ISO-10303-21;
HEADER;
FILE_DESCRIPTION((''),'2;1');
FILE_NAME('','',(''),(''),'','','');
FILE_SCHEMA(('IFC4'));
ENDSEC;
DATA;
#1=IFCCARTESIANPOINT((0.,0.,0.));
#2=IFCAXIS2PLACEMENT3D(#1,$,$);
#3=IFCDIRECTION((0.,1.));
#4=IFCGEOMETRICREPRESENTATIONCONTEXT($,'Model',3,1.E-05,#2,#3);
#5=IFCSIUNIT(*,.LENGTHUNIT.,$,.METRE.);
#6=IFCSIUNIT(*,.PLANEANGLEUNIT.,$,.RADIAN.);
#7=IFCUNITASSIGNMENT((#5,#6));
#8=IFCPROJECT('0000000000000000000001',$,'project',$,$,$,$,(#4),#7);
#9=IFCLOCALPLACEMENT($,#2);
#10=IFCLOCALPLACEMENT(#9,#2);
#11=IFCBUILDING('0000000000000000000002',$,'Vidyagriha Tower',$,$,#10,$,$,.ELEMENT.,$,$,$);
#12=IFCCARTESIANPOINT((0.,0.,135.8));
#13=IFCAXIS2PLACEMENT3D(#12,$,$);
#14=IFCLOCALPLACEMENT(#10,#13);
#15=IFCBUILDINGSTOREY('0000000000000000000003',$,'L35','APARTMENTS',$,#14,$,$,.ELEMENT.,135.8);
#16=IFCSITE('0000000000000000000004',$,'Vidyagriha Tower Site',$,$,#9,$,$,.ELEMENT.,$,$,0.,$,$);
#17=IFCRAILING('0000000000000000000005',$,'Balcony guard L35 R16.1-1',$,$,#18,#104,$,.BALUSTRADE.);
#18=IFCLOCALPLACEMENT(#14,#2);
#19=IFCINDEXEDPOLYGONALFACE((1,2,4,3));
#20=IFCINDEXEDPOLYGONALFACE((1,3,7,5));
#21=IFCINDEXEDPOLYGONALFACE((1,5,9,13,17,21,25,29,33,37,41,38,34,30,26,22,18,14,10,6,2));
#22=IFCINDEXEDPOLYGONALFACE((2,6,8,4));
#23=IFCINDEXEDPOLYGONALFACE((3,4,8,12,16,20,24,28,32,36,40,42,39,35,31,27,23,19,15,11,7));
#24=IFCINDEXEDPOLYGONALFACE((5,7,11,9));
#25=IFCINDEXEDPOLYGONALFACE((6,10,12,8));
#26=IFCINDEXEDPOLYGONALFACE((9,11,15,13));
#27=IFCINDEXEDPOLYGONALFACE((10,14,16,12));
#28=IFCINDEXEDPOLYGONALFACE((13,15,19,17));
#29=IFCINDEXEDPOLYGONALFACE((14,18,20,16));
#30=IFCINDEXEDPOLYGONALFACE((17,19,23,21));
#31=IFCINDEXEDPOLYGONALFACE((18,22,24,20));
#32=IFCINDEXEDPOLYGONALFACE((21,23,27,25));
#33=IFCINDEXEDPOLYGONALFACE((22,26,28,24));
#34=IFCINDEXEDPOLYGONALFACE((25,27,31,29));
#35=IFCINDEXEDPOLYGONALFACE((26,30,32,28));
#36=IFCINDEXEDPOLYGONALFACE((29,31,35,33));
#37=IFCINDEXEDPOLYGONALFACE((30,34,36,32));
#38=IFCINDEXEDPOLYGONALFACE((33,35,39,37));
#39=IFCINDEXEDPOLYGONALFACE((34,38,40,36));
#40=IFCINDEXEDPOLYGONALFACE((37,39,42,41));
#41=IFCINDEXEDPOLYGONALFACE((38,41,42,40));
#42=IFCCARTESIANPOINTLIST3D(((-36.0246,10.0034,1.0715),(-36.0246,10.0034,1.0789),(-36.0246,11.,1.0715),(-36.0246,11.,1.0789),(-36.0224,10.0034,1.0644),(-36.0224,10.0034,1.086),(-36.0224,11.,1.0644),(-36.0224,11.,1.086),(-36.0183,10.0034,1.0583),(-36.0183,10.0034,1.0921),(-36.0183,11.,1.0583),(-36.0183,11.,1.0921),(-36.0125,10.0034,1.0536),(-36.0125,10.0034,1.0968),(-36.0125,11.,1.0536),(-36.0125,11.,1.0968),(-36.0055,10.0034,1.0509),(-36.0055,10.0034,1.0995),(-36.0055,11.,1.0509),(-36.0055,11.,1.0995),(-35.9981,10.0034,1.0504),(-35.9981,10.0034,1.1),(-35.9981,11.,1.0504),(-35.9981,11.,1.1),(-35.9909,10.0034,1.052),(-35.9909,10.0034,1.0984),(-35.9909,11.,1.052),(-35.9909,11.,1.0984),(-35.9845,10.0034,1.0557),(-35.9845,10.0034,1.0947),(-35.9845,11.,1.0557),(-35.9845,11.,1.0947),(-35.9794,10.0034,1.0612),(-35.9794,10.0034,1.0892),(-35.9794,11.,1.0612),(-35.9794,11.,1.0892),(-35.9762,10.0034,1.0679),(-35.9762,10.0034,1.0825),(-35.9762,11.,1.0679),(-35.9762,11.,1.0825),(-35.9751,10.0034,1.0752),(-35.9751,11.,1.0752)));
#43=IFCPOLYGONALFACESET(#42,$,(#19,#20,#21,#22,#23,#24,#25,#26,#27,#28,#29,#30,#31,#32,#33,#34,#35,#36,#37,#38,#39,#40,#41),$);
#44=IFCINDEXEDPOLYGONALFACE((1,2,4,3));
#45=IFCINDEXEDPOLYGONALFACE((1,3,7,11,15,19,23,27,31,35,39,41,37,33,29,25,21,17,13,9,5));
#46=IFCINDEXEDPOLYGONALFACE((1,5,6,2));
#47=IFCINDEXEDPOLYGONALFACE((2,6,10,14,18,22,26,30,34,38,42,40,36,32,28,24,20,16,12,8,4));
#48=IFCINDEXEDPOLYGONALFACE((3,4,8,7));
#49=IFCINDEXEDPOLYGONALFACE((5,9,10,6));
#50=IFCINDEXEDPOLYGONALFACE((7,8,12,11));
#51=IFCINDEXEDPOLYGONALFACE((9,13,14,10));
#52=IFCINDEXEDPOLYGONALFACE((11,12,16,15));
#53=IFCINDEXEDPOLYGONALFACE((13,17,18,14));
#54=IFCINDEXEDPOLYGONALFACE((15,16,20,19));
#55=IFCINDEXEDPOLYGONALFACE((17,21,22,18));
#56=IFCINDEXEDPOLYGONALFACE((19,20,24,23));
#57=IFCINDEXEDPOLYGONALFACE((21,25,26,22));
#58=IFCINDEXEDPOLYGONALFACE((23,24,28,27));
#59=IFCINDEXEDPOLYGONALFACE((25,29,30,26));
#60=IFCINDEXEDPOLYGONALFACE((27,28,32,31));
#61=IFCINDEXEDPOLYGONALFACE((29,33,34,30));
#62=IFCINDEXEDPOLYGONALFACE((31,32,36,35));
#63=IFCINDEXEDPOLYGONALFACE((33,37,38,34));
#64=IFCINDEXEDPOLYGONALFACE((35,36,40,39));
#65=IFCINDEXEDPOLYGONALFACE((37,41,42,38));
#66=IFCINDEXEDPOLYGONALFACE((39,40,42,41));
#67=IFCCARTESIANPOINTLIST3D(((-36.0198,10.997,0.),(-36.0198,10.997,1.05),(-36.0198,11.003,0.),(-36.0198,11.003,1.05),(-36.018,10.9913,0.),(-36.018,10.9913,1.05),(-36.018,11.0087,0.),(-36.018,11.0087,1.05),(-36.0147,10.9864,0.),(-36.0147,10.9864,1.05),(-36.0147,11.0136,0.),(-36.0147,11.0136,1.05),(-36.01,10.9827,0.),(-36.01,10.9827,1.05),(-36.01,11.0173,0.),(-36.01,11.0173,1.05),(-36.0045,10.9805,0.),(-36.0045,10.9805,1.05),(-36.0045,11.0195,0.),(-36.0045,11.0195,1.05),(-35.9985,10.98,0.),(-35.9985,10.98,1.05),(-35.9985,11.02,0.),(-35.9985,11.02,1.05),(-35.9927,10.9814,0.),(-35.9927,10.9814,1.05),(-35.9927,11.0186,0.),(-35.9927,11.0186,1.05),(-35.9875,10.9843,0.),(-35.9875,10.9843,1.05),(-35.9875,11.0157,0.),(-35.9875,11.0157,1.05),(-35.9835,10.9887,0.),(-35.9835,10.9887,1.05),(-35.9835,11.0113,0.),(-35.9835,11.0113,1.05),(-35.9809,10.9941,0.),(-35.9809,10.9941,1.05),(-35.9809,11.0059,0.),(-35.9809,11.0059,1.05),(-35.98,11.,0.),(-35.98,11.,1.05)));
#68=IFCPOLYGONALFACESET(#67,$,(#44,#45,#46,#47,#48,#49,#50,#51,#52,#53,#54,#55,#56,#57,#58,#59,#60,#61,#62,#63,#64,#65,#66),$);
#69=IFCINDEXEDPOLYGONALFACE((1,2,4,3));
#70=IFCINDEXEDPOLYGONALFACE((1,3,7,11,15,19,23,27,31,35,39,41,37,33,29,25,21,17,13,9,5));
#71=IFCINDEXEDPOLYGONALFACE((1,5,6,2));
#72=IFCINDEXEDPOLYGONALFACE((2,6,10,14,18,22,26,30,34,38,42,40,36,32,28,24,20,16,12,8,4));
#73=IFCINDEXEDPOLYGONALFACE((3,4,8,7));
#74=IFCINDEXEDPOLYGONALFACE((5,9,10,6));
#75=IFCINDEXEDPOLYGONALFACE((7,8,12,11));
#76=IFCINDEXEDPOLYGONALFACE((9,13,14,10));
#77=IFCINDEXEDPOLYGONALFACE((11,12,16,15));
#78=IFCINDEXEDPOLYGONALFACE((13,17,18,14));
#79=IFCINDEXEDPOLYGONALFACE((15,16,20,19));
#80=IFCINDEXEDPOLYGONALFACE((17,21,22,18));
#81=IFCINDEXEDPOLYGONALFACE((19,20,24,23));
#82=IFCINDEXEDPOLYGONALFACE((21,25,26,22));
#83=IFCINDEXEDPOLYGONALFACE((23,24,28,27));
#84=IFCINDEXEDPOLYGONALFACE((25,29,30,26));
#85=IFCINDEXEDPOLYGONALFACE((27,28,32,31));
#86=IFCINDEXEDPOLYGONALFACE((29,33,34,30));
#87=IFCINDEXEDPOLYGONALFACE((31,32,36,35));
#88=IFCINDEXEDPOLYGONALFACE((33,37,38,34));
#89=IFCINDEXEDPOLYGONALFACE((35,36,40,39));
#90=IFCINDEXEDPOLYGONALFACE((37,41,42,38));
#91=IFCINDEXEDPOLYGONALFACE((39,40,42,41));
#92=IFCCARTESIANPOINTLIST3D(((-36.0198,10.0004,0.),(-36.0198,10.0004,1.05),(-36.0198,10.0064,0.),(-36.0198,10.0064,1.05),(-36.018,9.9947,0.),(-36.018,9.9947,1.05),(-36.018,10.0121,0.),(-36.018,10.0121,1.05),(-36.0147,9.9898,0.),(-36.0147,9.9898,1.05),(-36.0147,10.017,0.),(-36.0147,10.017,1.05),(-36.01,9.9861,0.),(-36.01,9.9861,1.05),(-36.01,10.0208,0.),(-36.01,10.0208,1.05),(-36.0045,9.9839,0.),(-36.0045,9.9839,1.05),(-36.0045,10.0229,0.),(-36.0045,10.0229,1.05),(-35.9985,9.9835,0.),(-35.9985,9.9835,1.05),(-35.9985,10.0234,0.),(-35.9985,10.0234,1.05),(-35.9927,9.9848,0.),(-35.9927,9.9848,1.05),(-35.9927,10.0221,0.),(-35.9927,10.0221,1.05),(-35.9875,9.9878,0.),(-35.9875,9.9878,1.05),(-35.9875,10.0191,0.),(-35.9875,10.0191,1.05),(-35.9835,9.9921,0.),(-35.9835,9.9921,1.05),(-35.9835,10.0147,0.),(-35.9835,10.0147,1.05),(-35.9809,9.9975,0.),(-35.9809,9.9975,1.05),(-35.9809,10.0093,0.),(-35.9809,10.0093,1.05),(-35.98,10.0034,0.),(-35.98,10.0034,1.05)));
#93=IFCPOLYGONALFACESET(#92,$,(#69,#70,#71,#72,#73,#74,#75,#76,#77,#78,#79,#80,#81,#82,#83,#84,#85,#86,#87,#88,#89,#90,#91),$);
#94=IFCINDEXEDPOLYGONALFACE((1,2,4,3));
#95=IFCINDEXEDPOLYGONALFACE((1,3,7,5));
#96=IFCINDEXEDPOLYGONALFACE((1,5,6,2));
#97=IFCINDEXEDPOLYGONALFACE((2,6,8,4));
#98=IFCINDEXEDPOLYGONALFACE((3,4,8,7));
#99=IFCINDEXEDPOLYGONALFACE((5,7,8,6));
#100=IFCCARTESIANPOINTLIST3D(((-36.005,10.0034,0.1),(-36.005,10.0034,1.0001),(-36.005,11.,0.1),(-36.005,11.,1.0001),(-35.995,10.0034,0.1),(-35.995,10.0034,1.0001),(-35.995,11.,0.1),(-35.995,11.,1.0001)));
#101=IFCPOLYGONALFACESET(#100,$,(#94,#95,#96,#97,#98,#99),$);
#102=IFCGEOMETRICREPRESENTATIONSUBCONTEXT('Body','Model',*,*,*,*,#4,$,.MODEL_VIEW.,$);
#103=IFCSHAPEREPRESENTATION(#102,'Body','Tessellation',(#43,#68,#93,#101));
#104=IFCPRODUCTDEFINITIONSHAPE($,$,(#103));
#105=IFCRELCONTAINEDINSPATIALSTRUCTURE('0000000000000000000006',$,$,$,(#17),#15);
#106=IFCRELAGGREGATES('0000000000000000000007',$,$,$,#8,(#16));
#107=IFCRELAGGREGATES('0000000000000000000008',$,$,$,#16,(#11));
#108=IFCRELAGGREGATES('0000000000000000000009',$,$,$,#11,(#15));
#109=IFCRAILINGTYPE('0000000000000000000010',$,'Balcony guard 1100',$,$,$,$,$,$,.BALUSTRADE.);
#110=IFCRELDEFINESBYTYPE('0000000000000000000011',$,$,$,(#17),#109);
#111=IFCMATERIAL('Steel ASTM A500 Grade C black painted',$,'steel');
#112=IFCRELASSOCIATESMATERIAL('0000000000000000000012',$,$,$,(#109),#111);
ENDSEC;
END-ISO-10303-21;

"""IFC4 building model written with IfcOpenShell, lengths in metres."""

from ifc_helpers import new_model, si_unit, direction, frame, origin, origin_2d, place, context, subcontext, project, spatial, rectangle, circle, extrude, material, type_object, element, save


model = new_model("IFC4")

# Units and contexts
model_context = context("Model", 3, precision=1e-05, world=origin(), true_north=direction((0.0, 1.0)))
body_context = subcontext(model_context, "Body", "Model", "MODEL_VIEW")
ifc_project = project(units=[si_unit("LENGTHUNIT", "METRE"), si_unit("PLANEANGLEUNIT", "RADIAN")], contexts=[model_context])

# Site, building, storey
site_placement = place(None, origin())
site = spatial("IfcSite", under=ifc_project, at=site_placement, Name="Vidyagriha Tower Site", CompositionType="ELEMENT", RefElevation=0.0)
building_placement = place(site_placement, origin())
building = spatial("IfcBuilding", under=site, at=building_placement, Name="Vidyagriha Tower", CompositionType="ELEMENT")
storey_placement = place(building_placement, frame((0.0, 0.0, 135.8)))
storey = spatial("IfcBuildingStorey", under=building, at=storey_placement, Name="L35", Description="APARTMENTS", CompositionType="ELEMENT", Elevation=135.8)

# Railing
ifc_material_1 = material(Name="Steel ASTM A500 Grade C black painted", Category="steel")
railing_type = type_object("IfcRailingType", Name="Balcony guard 1100", PredefinedType="BALUSTRADE", material=ifc_material_1)
railing_1_placement = place(storey_placement, frame((-36.0, 11.0, 0.0)))
element("IfcRailing", 1, at=railing_1_placement, inside=storey, type_object=railing_type, Name="Balcony guard L35 R16.1-1", PredefinedType="BALUSTRADE", context=body_context, shape_type="SweptSolid", body=[
    extrude(circle(Radius=0.0249, at=origin_2d()), frame((0.0, 0.0, 1.0752), z_axis=(0.0, -1.0, 0.0), x_axis=(1.0, 0.0, 0.0)), (0.0, 0.0, 1.0), 0.9966),
    extrude(circle(Radius=0.02, at=origin_2d()), origin(), (0.0, 0.0, 1.0), 1.05),
    extrude(circle(Radius=0.02, at=origin_2d()), frame((0.0, -0.9966, 0.0)), (0.0, 0.0, 1.0), 1.05),
    extrude(rectangle(XDim=0.01, YDim=0.9001, at=origin_2d()), frame((0.0, 0.0, 0.55), z_axis=(0.0, -1.0, 0.0), x_axis=(1.0, 0.0, 0.0)), (0.0, 0.0, 1.0), 0.9966),
])

save(model, "model.ifc")
